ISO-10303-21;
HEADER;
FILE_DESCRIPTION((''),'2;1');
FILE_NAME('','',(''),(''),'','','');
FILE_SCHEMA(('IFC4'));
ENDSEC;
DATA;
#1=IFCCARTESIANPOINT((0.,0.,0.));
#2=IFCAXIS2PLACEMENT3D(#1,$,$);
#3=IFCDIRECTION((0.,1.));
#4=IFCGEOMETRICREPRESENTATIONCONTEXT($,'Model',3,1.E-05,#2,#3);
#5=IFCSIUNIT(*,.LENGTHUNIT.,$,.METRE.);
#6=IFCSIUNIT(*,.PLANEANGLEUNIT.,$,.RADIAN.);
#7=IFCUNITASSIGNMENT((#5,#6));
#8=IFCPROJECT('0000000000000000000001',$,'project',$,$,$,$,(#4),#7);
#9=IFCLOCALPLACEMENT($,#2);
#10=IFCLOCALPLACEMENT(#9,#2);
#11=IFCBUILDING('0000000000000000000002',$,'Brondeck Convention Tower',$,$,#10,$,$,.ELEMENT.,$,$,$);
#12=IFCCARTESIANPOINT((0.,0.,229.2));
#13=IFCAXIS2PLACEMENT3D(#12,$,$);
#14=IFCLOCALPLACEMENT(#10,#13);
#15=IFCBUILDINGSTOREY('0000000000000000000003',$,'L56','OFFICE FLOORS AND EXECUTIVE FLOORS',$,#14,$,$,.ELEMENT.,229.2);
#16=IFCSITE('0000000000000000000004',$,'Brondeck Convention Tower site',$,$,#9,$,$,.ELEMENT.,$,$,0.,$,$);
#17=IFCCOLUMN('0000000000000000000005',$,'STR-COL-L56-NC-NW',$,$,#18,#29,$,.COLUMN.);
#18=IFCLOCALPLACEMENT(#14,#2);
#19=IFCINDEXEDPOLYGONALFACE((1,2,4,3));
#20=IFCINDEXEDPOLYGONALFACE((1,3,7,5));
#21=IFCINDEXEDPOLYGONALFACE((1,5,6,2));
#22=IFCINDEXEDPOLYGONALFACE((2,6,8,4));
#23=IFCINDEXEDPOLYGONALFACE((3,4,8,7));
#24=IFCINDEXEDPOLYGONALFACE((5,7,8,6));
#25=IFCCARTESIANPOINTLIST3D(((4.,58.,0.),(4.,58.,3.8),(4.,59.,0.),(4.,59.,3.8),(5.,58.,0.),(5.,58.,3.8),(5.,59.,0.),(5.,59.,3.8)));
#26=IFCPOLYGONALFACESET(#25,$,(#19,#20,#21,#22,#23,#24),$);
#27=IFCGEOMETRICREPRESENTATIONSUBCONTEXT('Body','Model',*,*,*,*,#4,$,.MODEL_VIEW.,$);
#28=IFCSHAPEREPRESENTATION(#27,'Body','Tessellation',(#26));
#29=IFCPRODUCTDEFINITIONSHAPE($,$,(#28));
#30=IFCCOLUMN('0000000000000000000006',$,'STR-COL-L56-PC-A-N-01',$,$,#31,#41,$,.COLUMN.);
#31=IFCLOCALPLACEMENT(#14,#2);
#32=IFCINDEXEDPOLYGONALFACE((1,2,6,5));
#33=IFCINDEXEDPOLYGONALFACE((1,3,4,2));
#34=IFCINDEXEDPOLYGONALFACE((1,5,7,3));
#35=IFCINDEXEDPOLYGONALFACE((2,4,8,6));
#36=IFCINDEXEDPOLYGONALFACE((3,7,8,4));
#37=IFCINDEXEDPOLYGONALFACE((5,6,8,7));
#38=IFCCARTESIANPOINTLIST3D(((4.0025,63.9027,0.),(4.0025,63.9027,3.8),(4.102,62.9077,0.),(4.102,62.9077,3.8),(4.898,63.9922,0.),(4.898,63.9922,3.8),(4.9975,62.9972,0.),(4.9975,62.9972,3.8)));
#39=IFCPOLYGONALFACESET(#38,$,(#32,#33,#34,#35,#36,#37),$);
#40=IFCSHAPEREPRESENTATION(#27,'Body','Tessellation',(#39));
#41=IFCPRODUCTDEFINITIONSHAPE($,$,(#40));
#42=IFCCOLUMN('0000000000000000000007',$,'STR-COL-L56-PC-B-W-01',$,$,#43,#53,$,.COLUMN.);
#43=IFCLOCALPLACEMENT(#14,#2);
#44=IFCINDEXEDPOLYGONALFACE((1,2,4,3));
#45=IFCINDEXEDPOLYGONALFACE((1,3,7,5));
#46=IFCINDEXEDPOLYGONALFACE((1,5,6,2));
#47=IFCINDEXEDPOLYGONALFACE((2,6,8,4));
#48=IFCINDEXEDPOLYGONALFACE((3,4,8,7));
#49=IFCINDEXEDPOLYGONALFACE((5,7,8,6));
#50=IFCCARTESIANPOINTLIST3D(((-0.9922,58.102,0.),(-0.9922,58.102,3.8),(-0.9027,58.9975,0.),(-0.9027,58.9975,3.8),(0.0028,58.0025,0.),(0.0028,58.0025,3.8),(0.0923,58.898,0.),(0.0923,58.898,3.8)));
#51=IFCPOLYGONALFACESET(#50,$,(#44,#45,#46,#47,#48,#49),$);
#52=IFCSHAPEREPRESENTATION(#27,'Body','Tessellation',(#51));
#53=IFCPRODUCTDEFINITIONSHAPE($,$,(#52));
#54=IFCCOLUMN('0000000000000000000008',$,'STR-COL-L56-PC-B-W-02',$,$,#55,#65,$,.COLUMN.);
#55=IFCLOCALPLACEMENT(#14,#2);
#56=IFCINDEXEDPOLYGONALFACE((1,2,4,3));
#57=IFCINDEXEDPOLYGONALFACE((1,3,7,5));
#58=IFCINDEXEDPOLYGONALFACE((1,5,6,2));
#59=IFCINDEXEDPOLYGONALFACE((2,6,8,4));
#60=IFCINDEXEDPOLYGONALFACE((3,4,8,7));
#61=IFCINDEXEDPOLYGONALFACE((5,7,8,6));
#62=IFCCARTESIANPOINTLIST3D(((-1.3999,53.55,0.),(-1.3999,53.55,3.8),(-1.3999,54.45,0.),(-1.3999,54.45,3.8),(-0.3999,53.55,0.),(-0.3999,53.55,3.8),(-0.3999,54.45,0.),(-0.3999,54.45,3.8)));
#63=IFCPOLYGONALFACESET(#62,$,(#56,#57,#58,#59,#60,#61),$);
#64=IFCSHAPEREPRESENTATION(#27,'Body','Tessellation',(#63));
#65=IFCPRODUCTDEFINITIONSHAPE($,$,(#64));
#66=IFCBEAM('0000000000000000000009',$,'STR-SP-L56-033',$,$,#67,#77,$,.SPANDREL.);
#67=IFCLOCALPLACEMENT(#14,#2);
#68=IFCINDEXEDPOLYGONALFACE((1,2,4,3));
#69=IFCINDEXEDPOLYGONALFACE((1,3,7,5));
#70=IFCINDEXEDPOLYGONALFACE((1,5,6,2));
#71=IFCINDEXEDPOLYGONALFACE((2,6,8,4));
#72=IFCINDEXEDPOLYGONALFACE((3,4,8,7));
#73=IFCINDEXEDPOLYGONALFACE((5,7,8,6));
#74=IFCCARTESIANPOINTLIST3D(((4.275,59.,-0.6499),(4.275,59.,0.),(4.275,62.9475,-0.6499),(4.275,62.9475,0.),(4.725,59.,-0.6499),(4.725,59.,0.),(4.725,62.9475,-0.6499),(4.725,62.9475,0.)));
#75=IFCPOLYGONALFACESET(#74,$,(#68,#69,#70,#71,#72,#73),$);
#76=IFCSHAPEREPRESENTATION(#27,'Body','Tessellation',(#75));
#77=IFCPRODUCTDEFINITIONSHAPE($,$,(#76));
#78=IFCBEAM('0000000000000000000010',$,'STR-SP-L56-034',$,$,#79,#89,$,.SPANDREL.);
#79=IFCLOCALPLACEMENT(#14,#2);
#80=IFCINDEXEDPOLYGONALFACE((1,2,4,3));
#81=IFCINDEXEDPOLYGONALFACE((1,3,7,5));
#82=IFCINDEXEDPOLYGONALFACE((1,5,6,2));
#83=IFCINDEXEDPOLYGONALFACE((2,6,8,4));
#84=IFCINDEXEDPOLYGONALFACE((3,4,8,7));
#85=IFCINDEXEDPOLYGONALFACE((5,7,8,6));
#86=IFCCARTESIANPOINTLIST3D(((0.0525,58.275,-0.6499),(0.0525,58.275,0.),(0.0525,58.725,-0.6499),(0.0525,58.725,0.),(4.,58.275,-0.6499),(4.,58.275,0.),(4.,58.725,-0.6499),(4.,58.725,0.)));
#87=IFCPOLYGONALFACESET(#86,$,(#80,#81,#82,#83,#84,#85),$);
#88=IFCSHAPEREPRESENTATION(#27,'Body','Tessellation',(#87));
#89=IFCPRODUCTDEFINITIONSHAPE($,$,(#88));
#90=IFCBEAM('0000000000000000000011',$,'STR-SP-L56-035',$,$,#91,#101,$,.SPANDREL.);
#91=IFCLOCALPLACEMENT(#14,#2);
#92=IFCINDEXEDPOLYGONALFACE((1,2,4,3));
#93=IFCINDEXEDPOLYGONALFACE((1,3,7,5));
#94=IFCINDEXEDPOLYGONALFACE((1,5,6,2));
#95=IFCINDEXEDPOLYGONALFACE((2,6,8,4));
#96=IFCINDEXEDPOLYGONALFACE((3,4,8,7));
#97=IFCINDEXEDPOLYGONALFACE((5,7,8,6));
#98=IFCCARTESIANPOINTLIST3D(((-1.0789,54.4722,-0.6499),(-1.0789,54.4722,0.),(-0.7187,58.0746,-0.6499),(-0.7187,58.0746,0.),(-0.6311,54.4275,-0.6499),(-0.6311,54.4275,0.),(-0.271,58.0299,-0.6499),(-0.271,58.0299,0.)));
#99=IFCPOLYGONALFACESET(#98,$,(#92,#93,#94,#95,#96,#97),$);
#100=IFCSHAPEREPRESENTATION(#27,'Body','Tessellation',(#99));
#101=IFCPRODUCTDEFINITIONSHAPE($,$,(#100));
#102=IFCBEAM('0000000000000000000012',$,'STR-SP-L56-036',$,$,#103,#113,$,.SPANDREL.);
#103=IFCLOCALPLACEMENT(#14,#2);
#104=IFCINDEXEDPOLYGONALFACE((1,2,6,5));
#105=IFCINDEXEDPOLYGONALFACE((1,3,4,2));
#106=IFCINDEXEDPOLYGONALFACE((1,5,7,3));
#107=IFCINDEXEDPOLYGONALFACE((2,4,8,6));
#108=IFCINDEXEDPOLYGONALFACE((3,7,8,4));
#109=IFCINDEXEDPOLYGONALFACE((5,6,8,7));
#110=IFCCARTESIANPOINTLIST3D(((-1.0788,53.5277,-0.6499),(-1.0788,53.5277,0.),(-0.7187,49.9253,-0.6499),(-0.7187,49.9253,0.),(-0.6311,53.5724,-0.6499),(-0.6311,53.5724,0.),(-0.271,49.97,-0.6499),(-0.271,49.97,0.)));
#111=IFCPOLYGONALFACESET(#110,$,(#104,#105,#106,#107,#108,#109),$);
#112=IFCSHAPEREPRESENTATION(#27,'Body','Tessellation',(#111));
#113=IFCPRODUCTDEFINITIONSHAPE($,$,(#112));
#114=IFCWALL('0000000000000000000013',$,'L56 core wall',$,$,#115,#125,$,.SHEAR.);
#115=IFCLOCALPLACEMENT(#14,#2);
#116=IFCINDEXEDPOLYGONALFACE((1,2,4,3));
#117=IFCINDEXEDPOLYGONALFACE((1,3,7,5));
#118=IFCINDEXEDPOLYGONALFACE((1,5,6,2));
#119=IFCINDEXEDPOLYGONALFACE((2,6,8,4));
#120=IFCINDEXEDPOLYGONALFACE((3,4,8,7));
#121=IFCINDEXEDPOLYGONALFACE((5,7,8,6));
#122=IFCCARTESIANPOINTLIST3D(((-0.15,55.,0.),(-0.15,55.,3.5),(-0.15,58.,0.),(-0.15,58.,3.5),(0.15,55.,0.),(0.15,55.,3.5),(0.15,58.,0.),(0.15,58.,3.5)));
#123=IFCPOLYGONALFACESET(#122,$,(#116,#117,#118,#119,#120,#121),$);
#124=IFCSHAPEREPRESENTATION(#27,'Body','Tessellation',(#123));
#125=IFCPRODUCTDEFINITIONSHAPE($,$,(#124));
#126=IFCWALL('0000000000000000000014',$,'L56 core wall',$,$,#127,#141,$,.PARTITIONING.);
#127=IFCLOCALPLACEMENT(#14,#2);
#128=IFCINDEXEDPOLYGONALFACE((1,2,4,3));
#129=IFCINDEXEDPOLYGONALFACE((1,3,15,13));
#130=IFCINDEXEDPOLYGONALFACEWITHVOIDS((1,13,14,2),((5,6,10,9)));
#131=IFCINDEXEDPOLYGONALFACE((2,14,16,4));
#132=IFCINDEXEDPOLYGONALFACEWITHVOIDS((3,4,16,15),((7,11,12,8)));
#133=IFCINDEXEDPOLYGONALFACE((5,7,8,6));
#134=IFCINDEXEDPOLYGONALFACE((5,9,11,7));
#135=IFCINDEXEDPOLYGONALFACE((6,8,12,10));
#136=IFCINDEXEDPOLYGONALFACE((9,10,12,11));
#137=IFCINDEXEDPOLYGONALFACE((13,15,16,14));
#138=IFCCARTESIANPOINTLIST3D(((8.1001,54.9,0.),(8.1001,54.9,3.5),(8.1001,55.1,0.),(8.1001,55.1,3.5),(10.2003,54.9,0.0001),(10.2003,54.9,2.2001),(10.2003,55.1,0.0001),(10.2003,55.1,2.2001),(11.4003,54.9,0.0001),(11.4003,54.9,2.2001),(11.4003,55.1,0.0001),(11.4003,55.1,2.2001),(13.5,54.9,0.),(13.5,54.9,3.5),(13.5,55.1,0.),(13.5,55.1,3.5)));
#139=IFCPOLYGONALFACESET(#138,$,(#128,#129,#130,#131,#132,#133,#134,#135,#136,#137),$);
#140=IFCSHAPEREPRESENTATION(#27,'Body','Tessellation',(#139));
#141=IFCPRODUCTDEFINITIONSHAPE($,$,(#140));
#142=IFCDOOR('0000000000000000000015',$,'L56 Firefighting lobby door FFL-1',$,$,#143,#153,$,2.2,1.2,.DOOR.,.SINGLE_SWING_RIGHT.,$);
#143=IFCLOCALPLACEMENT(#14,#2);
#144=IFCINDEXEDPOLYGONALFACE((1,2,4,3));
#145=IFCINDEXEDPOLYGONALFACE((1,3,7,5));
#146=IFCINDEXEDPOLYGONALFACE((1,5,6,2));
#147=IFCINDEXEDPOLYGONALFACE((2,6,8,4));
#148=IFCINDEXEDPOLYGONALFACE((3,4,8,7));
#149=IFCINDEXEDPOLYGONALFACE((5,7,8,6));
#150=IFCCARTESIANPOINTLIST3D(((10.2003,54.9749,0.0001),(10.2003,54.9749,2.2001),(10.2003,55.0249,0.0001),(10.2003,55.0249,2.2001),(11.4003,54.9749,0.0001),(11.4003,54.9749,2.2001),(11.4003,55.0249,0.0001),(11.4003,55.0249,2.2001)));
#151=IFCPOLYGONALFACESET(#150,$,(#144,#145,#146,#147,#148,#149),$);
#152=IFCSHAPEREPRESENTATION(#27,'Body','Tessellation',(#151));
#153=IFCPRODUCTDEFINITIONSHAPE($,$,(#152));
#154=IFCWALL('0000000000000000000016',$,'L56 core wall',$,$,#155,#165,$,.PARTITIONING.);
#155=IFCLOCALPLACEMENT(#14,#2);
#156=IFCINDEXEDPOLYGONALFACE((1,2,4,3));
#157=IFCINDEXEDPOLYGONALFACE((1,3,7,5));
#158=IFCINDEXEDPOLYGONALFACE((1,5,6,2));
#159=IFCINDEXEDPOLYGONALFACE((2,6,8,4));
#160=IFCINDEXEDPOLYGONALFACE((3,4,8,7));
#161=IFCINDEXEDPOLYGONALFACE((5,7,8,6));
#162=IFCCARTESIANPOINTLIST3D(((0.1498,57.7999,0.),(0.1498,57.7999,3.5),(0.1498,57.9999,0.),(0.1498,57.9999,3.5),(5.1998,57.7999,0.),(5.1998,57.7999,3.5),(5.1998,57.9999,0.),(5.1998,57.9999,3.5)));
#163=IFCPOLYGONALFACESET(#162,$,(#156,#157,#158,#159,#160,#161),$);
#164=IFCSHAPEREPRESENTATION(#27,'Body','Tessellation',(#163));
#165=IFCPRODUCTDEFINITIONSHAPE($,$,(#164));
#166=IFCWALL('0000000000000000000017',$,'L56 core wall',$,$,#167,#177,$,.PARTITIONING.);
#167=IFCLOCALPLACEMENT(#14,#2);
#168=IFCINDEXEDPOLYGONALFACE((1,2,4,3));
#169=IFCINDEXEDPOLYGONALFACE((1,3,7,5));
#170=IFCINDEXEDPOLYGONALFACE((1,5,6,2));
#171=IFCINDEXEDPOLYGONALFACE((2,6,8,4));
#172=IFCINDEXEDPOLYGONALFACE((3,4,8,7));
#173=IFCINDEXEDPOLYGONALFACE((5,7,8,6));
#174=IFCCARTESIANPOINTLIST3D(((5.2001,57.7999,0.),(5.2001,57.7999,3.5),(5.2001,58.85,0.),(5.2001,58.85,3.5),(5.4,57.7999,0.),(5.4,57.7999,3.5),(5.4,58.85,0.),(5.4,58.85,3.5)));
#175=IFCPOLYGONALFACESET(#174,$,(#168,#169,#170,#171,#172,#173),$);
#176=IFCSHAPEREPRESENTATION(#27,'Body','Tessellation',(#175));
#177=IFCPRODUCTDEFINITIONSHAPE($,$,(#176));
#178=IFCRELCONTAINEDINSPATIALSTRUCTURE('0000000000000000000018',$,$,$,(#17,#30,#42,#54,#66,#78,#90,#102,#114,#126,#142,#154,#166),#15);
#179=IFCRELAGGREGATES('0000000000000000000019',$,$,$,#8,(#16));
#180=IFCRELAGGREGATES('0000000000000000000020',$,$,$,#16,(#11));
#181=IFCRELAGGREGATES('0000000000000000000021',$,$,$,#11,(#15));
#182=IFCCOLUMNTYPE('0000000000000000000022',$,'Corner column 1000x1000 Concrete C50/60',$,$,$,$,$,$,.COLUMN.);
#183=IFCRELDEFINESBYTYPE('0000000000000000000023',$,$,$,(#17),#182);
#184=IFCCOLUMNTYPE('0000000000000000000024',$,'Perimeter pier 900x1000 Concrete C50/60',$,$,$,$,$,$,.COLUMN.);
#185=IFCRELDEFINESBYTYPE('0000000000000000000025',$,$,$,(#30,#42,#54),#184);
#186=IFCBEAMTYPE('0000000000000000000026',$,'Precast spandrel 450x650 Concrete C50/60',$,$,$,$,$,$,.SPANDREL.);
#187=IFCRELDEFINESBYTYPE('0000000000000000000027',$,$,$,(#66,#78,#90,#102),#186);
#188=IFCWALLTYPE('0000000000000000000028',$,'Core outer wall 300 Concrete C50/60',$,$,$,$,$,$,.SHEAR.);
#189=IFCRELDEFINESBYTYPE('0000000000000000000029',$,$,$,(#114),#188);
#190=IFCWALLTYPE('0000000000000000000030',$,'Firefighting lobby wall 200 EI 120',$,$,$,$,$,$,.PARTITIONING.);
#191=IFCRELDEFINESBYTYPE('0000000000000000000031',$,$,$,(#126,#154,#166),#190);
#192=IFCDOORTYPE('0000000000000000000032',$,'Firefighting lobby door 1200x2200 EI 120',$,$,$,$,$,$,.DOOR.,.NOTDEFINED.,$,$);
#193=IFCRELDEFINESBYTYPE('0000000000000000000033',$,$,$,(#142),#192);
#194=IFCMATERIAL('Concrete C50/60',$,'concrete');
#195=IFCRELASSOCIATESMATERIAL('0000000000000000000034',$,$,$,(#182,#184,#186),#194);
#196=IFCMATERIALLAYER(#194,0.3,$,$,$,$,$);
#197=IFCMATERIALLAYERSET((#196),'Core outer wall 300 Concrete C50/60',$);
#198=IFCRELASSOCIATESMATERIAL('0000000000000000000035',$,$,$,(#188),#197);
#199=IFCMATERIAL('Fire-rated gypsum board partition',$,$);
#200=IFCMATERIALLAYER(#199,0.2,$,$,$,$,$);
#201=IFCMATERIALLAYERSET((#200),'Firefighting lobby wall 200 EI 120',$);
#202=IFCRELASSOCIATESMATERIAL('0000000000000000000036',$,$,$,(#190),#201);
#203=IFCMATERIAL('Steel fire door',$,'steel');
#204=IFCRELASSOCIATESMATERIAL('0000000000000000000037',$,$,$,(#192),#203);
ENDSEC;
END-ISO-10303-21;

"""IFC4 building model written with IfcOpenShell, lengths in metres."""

from ifc_helpers import new_model, si_unit, direction, frame, frame_2d, origin, origin_2d, place, context, subcontext, project, spatial, rectangle, extrude, material, layer, layer_set, material_profile, profile_set, type_object, element, fill, save


model = new_model("IFC4")

# Units and contexts
model_context = context("Model", 3, precision=1e-05, world=origin(), true_north=direction((0.0, 1.0)))
body_context = subcontext(model_context, "Body", "Model", "MODEL_VIEW")
ifc_project = project(units=[si_unit("LENGTHUNIT", "METRE"), si_unit("PLANEANGLEUNIT", "RADIAN")], contexts=[model_context])

# Site, building, storey
site_placement = place(None, origin())
site = spatial("IfcSite", under=ifc_project, at=site_placement, Name="Brondeck Convention Tower site", CompositionType="ELEMENT", RefElevation=0.0)
building_placement = place(site_placement, origin())
building = spatial("IfcBuilding", under=site, at=building_placement, Name="Brondeck Convention Tower", CompositionType="ELEMENT")
storey_placement = place(building_placement, frame((0.0, 0.0, 229.2)))
storey = spatial("IfcBuildingStorey", under=building, at=storey_placement, Name="L56", Description="OFFICE FLOORS AND EXECUTIVE FLOORS", CompositionType="ELEMENT", Elevation=229.2)

# Columns
ifc_material_1 = material(Name="Concrete C50/60", Category="concrete")
ifc_material_profile_1 = material_profile(ifc_material_1, rectangle(XDim=1.0, YDim=1.0, at=origin_2d()), Name="Corner column 1000x1000 Concrete C50/60")
ifc_profile_set_1 = profile_set([ifc_material_profile_1], Name="Concrete C50/60")
column_type_1 = type_object("IfcColumnType", Name="Corner column 1000x1000 Concrete C50/60", PredefinedType="COLUMN", material=ifc_profile_set_1)
column_placement = place(storey_placement, frame((4.5, 58.5, 0.0), z_axis=(0.0, 0.0, 1.0), x_axis=(1.0, 0.0, 0.0)))
element("IfcColumn", 1, at=column_placement, inside=storey, type_object=column_type_1, Name="STR-COL-L56-NC-NW", PredefinedType="COLUMN", context=body_context, shape_type="SweptSolid", body=[
    extrude(rectangle(XDim=1.0, YDim=1.0, at=origin_2d()), origin(), (0.0, 0.0, 1.0), 3.8),
])
ifc_material_profile_2 = material_profile(ifc_material_1, rectangle(XDim=0.8999, YDim=1.0, at=origin_2d()), Name="Perimeter pier 900x1000 Concrete C50/60")
ifc_profile_set_2 = profile_set([ifc_material_profile_2], Name="Concrete C50/60")
column_type_2 = type_object("IfcColumnType", Name="Perimeter pier 900x1000 Concrete C50/60", PredefinedType="COLUMN", material=ifc_profile_set_2)
for number, where, z_axis, x_axis, name in (
    (2, (4.5, 63.45, 0.0), (0.0, 0.0, 1.0), (-0.995037, -0.099504, 0.0), "STR-COL-L56-PC-A-N-01"),
    (3, (-0.45, 58.5, 0.0), (0.0, 0.0, 1.0), (-0.099504, -0.995037, 0.0), "STR-COL-L56-PC-B-W-01"),
    (4, (-0.8999, 54.0, 0.0), (0.0, 0.0, 1.0), (0.0, -1.0, 0.0), "STR-COL-L56-PC-B-W-02"),
):
    element("IfcColumn", number, at=place(storey_placement, frame(where, z_axis=z_axis, x_axis=x_axis)), inside=storey, type_object=column_type_2, Name=name, PredefinedType="COLUMN", context=body_context, shape_type="SweptSolid", body=[
        extrude(rectangle(XDim=0.8999, YDim=1.0, at=origin_2d()), origin(), (0.0, 0.0, 1.0), 3.8),
    ])

# Beams
ifc_material_profile_3 = material_profile(ifc_material_1, rectangle(XDim=0.45, YDim=0.6499, at=origin_2d()), Name="Precast spandrel 450x650 Concrete C50/60")
ifc_profile_set_3 = profile_set([ifc_material_profile_3], Name="Concrete C50/60")
beam_type = type_object("IfcBeamType", Name="Precast spandrel 450x650 Concrete C50/60", PredefinedType="SPANDREL", material=ifc_profile_set_3)
for number, where, z_axis, x_axis, name in (
    (5, (4.5, 62.9475, -0.325), (0.0, -1.0, 0.0), (1.0, 0.0, 0.0), "STR-SP-L56-033"),
    (6, (4.0, 58.5, -0.325), (-1.0, 0.0, 0.0), (0.0, -1.0, 0.0), "STR-SP-L56-034"),
):
    element("IfcBeam", number, at=place(storey_placement, frame(where, z_axis=z_axis, x_axis=x_axis)), inside=storey, type_object=beam_type, Name=name, PredefinedType="SPANDREL", context=body_context, shape_type="SweptSolid", body=[
        extrude(rectangle(XDim=0.45, YDim=0.6499, at=origin_2d()), origin(), (0.0, 0.0, 1.0), 3.9475),
    ])
for number, where, z_axis, x_axis, name in (
    (7, (-0.4949, 58.0522, -0.325), (-0.09947, -0.995041, 0.0), (0.995041, -0.09947, 0.0), "STR-SP-L56-035"),
    (8, (-0.855, 53.55, -0.325), (0.09947, -0.995041, 0.0), (0.995041, 0.09947, 0.0), "STR-SP-L56-036"),
):
    element("IfcBeam", number, at=place(storey_placement, frame(where, z_axis=z_axis, x_axis=x_axis)), inside=storey, type_object=beam_type, Name=name, PredefinedType="SPANDREL", context=body_context, shape_type="SweptSolid", body=[
        extrude(rectangle(XDim=0.45, YDim=0.6499, at=origin_2d()), origin(), (0.0, 0.0, 1.0), 3.6204),
    ])

# Wall
ifc_layer_1 = layer(ifc_material_1, 0.3)
ifc_layer_set_1 = layer_set([ifc_layer_1], Name="Core outer wall 300 Concrete C50/60")
wall_type_1 = type_object("IfcWallType", Name="Core outer wall 300 Concrete C50/60", PredefinedType="SHEAR", material=ifc_layer_set_1)
wall_1_placement = place(storey_placement, frame((0.0, 55.0, 0.0), z_axis=(0.0, 0.0, 1.0), x_axis=(0.0, 1.0, 0.0)))
element("IfcWall", 9, at=wall_1_placement, inside=storey, type_object=wall_type_1, Name="L56 core wall", PredefinedType="SHEAR", context=body_context, shape_type="SweptSolid", body=[
    extrude(rectangle(XDim=3.0, YDim=0.3, at=frame_2d((1.5, 0.0))), origin(), (0.0, 0.0, 1.0), 3.5),
])

# Wall, opening, door
ifc_material_2 = material(Name="Fire-rated gypsum board partition")
ifc_layer_2 = layer(ifc_material_2, 0.2)
ifc_layer_set_2 = layer_set([ifc_layer_2], Name="Firefighting lobby wall 200 EI 120")
wall_type_2 = type_object("IfcWallType", Name="Firefighting lobby wall 200 EI 120", PredefinedType="PARTITIONING", material=ifc_layer_set_2)
wall_2_placement = place(storey_placement, frame((8.1001, 55.0, 0.0), z_axis=(0.0, 0.0, 1.0), x_axis=(1.0, 0.0, 0.0)))
wall_2 = element("IfcWall", 10, at=wall_2_placement, inside=storey, type_object=wall_type_2, Name="L56 core wall", PredefinedType="PARTITIONING", context=body_context, shape_type="SweptSolid", body=[
    extrude(rectangle(XDim=5.3999, YDim=0.2, at=frame_2d((2.7, 0.0))), origin(), (0.0, 0.0, 1.0), 3.5),
])
opening_1_placement = place(wall_2_placement, frame((2.1001, 0.0, 0.0)))
opening_1 = element("IfcOpeningElement", 11, at=opening_1_placement, cuts=wall_2, PredefinedType="OPENING", context=body_context, shape_type="SweptSolid", body=[
    extrude(rectangle(XDim=1.2, YDim=2.2, at=frame_2d((0.6001, 1.1001))), frame((0.0, 0.1099, 0.0), z_axis=(0.0, -1.0, 0.0), x_axis=(1.0, 0.0, 0.0)), (0.0, 0.0, 1.0), 0.22),
])
ifc_material_3 = material(Name="Steel fire door", Category="steel")
door_type_1 = type_object("IfcDoorType", Name="Firefighting lobby door 1200x2200 EI 120", OperationType="NOTDEFINED", PredefinedType="DOOR", material=ifc_material_3)
door_1_placement = place(opening_1_placement, origin())
door_1 = element("IfcDoor", 12, at=door_1_placement, inside=storey, type_object=door_type_1, Name="L56 Firefighting lobby door FFL-1", OperationType="SINGLE_SWING_RIGHT", OverallHeight=2.2, OverallWidth=1.2, PredefinedType="DOOR", context=body_context, shape_type="SweptSolid", body=[
    extrude(rectangle(XDim=1.2, YDim=2.2, at=frame_2d((0.6001, 1.1001))), frame((0.0, 0.0249, 0.0), z_axis=(0.0, -1.0, 0.0), x_axis=(1.0, 0.0, 0.0)), (0.0, 0.0, 1.0), 0.05),
])
fill(opening_1, door_1)

# Walls
wall_3_placement = place(storey_placement, frame((0.1499, 57.8999, 0.0), z_axis=(0.0, 0.0, 1.0), x_axis=(1.0, 0.0, 0.0)))
element("IfcWall", 13, at=wall_3_placement, inside=storey, type_object=wall_type_2, Name="L56 core wall", PredefinedType="PARTITIONING", context=body_context, shape_type="SweptSolid", body=[
    extrude(rectangle(XDim=5.05, YDim=0.2, at=frame_2d((2.5249, 0.0))), origin(), (0.0, 0.0, 1.0), 3.5),
])
wall_4_placement = place(storey_placement, frame((5.3, 57.8, 0.0), z_axis=(0.0, 0.0, 1.0), x_axis=(0.0, 1.0, 0.0)))
element("IfcWall", 14, at=wall_4_placement, inside=storey, type_object=wall_type_2, Name="L56 core wall", PredefinedType="PARTITIONING", context=body_context, shape_type="SweptSolid", body=[
    extrude(rectangle(XDim=1.05, YDim=0.2, at=frame_2d((0.5249, 0.0))), origin(), (0.0, 0.0, 1.0), 3.5),
])

save(model, "model.ifc")
